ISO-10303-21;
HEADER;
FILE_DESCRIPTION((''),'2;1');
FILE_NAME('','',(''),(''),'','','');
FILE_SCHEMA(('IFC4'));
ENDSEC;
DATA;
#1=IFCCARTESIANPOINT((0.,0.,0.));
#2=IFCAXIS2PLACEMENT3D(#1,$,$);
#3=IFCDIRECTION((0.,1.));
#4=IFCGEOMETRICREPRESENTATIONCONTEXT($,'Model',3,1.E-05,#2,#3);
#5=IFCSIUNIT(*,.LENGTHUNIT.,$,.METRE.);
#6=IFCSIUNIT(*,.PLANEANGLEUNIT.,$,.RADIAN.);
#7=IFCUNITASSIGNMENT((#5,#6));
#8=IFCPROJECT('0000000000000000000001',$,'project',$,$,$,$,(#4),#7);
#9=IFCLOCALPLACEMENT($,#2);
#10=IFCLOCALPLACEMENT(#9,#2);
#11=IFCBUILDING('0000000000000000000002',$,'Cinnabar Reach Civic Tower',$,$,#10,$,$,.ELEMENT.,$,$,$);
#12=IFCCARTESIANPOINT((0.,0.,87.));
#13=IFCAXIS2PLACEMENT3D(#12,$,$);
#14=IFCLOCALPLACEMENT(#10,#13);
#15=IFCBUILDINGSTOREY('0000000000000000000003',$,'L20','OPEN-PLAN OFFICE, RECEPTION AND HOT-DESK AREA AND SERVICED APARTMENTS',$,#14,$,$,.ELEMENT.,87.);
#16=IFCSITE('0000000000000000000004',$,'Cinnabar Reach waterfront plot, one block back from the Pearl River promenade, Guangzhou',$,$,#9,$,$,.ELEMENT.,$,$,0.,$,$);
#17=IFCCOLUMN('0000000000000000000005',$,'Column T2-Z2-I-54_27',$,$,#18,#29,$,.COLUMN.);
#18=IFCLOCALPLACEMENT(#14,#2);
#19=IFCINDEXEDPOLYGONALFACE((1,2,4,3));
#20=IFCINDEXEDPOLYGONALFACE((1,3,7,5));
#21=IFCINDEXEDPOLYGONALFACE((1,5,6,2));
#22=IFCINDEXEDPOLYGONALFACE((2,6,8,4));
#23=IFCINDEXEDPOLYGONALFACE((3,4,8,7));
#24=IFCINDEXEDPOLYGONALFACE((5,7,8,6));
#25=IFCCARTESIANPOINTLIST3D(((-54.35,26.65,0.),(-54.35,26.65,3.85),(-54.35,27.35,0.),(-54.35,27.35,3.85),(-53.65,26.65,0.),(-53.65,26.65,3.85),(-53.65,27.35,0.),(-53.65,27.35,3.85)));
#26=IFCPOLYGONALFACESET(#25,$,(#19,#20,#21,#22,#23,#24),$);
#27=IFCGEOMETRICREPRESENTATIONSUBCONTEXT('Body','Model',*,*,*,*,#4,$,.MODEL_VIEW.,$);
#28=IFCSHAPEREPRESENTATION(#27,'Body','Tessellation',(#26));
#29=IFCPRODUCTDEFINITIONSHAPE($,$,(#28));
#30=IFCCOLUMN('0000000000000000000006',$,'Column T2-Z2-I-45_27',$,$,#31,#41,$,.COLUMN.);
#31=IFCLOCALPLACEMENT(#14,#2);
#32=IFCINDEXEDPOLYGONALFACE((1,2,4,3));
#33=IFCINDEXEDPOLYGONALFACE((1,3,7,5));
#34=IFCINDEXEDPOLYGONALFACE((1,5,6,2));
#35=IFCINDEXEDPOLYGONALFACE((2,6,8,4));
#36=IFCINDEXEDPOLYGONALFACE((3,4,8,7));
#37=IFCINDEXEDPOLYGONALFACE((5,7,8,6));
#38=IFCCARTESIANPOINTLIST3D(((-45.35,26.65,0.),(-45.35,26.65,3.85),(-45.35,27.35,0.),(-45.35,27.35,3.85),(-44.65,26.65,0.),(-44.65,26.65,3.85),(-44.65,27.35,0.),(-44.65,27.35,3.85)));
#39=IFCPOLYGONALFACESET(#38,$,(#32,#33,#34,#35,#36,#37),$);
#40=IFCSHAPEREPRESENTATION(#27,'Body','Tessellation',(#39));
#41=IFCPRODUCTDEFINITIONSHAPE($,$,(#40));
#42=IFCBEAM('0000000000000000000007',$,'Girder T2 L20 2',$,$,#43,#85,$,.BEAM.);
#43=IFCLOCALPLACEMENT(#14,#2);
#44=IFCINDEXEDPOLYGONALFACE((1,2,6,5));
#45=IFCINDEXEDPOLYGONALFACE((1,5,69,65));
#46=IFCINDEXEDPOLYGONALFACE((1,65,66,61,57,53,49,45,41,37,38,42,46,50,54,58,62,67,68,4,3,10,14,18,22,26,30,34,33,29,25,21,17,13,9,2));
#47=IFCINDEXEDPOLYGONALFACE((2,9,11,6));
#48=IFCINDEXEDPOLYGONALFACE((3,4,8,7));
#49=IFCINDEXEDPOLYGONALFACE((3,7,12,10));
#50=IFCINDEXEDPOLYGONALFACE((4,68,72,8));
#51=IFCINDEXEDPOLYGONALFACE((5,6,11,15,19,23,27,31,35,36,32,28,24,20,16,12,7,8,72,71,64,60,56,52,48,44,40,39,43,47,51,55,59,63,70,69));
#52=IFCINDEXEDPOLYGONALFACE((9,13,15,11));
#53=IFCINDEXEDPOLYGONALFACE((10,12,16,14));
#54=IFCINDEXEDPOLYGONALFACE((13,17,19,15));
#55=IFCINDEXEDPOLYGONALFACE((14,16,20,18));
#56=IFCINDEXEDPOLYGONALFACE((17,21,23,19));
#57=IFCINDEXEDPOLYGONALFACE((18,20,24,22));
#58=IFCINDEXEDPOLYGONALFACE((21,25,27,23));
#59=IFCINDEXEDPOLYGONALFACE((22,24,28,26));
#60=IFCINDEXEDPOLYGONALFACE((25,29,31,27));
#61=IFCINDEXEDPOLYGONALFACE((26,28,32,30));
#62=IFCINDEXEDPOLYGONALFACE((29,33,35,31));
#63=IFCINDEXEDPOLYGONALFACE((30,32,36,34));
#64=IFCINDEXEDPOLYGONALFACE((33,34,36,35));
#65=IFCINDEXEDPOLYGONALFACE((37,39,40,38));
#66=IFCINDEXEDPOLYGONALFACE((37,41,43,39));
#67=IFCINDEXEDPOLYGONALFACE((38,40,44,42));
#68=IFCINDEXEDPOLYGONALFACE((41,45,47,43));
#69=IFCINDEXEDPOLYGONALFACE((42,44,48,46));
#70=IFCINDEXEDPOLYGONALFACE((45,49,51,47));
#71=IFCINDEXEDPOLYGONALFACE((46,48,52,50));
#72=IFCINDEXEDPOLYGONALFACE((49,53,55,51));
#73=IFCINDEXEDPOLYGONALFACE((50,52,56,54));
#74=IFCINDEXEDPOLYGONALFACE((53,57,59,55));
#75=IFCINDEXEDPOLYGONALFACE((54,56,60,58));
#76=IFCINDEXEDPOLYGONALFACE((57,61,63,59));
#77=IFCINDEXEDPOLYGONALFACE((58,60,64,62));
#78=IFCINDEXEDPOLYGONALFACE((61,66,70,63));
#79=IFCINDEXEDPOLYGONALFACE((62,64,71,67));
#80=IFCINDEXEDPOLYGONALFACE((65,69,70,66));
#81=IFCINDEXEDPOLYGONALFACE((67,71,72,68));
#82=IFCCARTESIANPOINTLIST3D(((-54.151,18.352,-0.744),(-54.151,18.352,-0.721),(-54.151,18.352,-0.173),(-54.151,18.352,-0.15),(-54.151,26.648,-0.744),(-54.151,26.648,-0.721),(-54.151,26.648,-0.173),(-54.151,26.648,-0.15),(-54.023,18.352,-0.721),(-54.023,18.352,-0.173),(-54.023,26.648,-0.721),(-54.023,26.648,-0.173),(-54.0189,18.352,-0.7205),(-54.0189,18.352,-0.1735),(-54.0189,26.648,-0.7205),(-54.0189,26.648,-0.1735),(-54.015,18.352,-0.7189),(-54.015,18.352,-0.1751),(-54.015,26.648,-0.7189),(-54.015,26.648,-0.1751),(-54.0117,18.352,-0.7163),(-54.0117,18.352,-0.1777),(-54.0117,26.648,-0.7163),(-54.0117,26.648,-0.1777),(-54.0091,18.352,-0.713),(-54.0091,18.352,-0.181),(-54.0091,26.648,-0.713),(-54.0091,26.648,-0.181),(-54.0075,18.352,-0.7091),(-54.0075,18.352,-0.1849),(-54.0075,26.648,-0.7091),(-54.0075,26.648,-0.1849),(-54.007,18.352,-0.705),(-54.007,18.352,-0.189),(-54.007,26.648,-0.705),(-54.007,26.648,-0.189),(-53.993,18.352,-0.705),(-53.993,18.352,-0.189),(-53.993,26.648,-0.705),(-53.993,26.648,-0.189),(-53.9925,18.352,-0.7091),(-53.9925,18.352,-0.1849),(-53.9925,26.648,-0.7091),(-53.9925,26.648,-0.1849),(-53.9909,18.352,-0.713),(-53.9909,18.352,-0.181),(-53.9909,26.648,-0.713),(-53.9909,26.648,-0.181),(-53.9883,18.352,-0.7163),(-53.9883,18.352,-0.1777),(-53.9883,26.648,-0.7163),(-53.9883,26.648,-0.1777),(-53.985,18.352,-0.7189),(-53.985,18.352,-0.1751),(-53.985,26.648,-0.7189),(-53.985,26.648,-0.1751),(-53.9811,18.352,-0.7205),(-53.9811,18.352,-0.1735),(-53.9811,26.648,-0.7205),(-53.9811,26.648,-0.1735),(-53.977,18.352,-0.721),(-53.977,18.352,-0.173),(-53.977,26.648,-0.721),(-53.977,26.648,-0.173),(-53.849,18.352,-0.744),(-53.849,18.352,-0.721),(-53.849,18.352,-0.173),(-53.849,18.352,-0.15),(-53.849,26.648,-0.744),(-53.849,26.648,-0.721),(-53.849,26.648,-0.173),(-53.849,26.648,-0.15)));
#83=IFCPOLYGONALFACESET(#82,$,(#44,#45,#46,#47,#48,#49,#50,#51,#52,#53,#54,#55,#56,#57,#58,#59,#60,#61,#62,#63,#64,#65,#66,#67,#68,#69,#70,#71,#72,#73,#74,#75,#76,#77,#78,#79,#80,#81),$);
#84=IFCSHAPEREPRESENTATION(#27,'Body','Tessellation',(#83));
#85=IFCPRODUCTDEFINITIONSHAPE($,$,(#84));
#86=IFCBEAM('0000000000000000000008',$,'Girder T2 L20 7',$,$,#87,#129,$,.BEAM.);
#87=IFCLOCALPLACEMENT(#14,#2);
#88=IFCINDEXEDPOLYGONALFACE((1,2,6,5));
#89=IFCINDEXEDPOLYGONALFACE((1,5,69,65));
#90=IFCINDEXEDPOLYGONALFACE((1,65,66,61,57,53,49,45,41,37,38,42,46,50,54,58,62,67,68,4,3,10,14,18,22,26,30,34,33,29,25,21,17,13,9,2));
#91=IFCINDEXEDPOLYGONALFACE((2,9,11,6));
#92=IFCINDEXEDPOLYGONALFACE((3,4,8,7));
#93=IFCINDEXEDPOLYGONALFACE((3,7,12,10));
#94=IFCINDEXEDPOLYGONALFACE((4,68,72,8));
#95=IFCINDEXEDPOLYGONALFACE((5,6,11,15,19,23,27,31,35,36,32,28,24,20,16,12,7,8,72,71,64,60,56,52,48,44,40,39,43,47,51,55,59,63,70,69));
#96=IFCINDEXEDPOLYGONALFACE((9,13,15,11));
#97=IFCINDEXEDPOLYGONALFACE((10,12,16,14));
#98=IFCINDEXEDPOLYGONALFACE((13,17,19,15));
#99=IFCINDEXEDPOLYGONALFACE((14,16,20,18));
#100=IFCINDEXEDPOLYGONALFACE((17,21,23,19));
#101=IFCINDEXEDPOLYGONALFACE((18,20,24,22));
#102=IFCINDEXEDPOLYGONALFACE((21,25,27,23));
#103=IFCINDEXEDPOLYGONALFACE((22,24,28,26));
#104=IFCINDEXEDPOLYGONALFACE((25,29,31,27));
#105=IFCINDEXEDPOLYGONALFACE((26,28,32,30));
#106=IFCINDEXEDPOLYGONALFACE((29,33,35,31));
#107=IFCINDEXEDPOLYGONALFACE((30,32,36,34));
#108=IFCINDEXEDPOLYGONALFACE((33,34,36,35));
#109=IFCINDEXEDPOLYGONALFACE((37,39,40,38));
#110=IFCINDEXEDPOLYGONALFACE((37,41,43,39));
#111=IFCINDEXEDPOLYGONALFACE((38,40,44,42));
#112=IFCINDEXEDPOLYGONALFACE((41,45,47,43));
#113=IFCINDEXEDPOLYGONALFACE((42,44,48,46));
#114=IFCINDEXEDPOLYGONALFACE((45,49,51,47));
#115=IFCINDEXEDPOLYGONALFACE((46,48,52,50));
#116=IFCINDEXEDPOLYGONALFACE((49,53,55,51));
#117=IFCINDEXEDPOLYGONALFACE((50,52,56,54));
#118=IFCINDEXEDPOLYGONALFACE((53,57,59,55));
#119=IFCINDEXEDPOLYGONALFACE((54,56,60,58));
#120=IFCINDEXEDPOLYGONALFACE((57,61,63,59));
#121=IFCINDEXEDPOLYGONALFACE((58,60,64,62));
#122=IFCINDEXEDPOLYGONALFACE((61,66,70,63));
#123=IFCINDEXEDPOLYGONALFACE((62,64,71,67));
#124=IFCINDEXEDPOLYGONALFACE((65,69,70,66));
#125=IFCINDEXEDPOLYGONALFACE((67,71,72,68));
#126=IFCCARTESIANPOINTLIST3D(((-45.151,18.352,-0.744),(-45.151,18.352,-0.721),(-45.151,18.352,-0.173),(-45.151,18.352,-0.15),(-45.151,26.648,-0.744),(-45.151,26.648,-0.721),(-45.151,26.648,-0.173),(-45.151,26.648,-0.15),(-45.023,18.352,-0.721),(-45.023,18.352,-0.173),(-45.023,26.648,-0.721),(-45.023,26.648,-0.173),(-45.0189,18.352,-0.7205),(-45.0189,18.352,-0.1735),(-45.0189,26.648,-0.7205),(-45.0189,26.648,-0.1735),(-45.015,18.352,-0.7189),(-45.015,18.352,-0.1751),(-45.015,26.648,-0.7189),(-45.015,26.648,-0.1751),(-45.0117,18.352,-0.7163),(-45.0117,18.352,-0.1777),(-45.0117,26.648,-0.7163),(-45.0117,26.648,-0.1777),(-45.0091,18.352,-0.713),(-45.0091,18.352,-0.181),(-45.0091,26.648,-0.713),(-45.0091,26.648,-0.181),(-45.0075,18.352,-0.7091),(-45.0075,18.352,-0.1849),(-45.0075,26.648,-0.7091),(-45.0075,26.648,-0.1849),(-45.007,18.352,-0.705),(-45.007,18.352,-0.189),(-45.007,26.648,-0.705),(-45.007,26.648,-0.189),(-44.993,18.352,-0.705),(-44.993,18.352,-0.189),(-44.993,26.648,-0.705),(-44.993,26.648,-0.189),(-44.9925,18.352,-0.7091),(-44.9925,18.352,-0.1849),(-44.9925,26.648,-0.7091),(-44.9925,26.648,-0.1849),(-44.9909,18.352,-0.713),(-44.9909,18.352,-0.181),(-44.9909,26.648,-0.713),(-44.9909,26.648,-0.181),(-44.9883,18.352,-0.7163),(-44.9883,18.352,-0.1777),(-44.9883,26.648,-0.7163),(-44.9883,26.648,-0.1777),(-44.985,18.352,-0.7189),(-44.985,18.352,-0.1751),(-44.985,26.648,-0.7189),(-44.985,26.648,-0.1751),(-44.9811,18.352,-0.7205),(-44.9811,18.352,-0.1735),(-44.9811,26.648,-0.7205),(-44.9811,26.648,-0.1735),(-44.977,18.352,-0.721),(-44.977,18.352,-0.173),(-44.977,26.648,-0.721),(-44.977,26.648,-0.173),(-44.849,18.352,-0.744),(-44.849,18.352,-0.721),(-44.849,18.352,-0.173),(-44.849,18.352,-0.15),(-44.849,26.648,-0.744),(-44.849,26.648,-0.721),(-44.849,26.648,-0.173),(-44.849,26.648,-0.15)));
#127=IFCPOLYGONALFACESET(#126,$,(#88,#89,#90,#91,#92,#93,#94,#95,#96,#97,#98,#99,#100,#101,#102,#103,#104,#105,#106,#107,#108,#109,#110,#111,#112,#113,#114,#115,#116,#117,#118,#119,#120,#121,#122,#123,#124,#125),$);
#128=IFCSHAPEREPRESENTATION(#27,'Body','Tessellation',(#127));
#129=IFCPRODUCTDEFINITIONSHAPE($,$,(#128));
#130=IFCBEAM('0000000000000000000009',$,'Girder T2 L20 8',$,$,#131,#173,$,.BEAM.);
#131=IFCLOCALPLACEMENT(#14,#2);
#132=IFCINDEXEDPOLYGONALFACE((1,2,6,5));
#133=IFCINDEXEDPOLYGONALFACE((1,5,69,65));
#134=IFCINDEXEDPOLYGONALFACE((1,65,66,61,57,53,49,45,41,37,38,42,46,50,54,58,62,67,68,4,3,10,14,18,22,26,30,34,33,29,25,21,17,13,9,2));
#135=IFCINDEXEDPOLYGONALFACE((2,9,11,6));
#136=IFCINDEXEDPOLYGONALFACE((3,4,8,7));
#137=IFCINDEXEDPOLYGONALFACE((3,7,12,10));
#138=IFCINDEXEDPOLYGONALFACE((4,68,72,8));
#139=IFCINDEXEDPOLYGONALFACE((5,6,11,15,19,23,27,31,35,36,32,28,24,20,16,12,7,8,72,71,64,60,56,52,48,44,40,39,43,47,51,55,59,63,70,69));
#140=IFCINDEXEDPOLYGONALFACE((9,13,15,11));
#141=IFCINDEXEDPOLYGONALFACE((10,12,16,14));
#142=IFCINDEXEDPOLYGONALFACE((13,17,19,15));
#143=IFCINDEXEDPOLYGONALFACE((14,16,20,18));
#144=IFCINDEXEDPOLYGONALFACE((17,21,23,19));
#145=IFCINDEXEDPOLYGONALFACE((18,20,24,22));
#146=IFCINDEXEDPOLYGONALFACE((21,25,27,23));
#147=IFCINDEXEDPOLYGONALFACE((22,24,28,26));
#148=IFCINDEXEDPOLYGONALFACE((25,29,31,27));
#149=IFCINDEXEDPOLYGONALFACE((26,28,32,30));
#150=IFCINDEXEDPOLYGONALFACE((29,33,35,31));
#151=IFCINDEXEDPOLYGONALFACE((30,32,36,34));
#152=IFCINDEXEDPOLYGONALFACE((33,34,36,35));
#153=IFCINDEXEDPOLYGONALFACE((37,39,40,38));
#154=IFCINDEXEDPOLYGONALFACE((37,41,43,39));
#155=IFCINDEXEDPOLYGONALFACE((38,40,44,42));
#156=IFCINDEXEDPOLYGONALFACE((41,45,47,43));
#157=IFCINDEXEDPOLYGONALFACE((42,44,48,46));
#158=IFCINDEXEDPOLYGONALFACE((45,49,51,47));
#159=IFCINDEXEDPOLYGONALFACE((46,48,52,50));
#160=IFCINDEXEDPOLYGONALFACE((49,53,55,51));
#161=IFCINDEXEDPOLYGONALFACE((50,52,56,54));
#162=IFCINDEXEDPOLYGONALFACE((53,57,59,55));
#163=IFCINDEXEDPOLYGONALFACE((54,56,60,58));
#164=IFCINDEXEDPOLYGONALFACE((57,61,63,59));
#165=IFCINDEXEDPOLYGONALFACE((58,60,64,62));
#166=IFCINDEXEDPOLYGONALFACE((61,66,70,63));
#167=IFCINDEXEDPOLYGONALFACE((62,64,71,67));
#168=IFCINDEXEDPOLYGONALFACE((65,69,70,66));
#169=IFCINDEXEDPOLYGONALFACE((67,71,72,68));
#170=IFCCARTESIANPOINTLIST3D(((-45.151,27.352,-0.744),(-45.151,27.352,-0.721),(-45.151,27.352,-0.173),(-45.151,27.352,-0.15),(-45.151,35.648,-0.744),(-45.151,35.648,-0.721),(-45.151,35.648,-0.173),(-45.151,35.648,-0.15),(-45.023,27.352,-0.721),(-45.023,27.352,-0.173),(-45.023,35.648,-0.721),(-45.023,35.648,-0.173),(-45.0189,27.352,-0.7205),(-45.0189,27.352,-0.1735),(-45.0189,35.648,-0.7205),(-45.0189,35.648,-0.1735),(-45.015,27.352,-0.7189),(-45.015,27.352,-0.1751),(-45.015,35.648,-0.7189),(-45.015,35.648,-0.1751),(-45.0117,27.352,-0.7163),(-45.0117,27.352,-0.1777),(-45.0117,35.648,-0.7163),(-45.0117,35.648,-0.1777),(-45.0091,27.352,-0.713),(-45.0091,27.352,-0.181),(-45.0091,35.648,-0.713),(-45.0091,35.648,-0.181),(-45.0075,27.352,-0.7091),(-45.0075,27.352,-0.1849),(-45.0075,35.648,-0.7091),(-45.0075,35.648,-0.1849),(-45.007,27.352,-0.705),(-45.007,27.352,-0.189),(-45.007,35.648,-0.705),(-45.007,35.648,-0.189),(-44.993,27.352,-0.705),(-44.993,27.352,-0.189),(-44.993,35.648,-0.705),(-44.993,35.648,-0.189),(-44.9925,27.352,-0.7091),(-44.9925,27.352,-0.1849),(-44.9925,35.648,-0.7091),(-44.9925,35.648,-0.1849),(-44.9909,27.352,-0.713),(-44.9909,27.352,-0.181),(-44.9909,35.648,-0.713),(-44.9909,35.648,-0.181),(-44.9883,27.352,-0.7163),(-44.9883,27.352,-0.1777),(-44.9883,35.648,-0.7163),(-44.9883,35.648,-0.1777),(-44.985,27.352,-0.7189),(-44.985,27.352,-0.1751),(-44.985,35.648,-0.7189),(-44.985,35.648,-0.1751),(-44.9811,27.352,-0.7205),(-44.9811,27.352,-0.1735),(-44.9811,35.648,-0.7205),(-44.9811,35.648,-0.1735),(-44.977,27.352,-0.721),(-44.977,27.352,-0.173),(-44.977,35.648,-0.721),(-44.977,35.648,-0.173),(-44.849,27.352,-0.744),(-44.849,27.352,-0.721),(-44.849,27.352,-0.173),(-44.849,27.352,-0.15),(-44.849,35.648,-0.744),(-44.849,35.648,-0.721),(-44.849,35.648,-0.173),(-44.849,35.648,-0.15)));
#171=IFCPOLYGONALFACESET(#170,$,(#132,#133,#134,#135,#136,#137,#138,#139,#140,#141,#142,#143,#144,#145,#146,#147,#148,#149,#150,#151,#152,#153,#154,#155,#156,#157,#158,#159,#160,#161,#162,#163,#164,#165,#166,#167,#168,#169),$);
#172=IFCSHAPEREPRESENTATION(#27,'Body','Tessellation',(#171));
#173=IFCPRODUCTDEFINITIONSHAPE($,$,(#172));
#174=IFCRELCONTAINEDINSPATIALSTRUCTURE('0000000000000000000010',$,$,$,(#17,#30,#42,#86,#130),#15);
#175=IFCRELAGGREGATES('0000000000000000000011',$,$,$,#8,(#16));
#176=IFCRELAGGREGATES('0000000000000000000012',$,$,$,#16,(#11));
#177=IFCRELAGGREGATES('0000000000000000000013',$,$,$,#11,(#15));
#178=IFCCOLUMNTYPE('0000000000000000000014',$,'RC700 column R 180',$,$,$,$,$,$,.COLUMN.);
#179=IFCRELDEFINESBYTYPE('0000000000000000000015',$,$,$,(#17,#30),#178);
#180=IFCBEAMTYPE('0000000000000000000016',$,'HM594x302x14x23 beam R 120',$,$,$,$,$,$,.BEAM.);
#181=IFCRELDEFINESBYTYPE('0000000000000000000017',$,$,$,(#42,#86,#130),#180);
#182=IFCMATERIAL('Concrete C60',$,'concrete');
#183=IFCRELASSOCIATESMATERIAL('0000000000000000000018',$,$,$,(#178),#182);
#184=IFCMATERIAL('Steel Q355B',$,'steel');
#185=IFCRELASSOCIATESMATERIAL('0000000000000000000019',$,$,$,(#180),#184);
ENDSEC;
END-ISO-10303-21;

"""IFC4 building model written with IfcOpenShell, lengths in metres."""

from ifc_helpers import new_model, si_unit, direction, frame, origin, origin_2d, place, context, subcontext, project, spatial, rectangle, i_section, extrude, material, material_profile, profile_set, type_object, element, save


model = new_model("IFC4")

# Units and contexts
model_context = context("Model", 3, precision=1e-05, world=origin(), true_north=direction((0.0, 1.0)))
body_context = subcontext(model_context, "Body", "Model", "MODEL_VIEW")
ifc_project = project(units=[si_unit("LENGTHUNIT", "METRE"), si_unit("PLANEANGLEUNIT", "RADIAN")], contexts=[model_context])

# Site, building, storey
site_placement = place(None, origin())
site = spatial("IfcSite", under=ifc_project, at=site_placement, Name="Cinnabar Reach waterfront plot, one block back from the Pearl River promenade, Guangzhou", CompositionType="ELEMENT", RefElevation=0.0)
building_placement = place(site_placement, origin())
building = spatial("IfcBuilding", under=site, at=building_placement, Name="Cinnabar Reach Civic Tower", CompositionType="ELEMENT")
storey_placement = place(building_placement, frame((0.0, 0.0, 87.0)))
storey = spatial("IfcBuildingStorey", under=building, at=storey_placement, Name="L20", Description="OPEN-PLAN OFFICE, RECEPTION AND HOT-DESK AREA AND SERVICED APARTMENTS", CompositionType="ELEMENT", Elevation=87.0)

# Columns
ifc_material_1 = material(Name="Concrete C60", Category="concrete")
ifc_material_profile_1 = material_profile(ifc_material_1, rectangle(XDim=0.7, YDim=0.7, at=origin_2d()), Name="RC700")
ifc_profile_set_1 = profile_set([ifc_material_profile_1], Name="Concrete C60")
column_type = type_object("IfcColumnType", Name="RC700 column R 180", PredefinedType="COLUMN", material=ifc_profile_set_1)
for number, where, z_axis, x_axis, name in (
    (1, (-54.0, 27.0, 0.0), (0.0, 0.0, 1.0), (1.0, 0.0, 0.0), "Column T2-Z2-I-54_27"),
    (2, (-45.0, 27.0, 0.0), (0.0, 0.0, 1.0), (1.0, 0.0, 0.0), "Column T2-Z2-I-45_27"),
):
    element("IfcColumn", number, at=place(storey_placement, frame(where, z_axis=z_axis, x_axis=x_axis)), inside=storey, type_object=column_type, Name=name, PredefinedType="COLUMN", context=body_context, shape_type="SweptSolid", body=[
        extrude(rectangle(XDim=0.7, YDim=0.7, at=origin_2d()), origin(), (0.0, 0.0, 1.0), 3.85),
    ])

# Beams
ifc_material_2 = material(Name="Steel Q355B", Category="steel")
ifc_material_profile_2 = material_profile(ifc_material_2, i_section(OverallWidth=0.302, OverallDepth=0.594, WebThickness=0.014, FlangeThickness=0.023, FilletRadius=0.016, at=origin_2d()), Name="HM594x302x14x23")
ifc_profile_set_2 = profile_set([ifc_material_profile_2], Name="Steel Q355B")
beam_type_1 = type_object("IfcBeamType", Name="HM594x302x14x23 beam R 120", PredefinedType="BEAM", material=ifc_profile_set_2)
for number, where, z_axis, x_axis, name in (
    (3, (-54.0, 18.352, -0.447), (0.0, 1.0, 0.0), (-1.0, 0.0, 0.0), "Girder T2 L20 2"),
    (4, (-45.0, 18.352, -0.447), (0.0, 1.0, 0.0), (-1.0, 0.0, 0.0), "Girder T2 L20 7"),
    (5, (-45.0, 27.352, -0.447), (0.0, 1.0, 0.0), (-1.0, 0.0, 0.0), "Girder T2 L20 8"),
):
    element("IfcBeam", number, at=place(storey_placement, frame(where, z_axis=z_axis, x_axis=x_axis)), inside=storey, type_object=beam_type_1, Name=name, PredefinedType="BEAM", context=body_context, shape_type="SweptSolid", body=[
        extrude(i_section(OverallWidth=0.302, OverallDepth=0.594, WebThickness=0.014, FlangeThickness=0.023, FilletRadius=0.016, at=origin_2d()), origin(), (0.0, 0.0, 1.0), 8.296),
    ])

save(model, "model.ifc")
